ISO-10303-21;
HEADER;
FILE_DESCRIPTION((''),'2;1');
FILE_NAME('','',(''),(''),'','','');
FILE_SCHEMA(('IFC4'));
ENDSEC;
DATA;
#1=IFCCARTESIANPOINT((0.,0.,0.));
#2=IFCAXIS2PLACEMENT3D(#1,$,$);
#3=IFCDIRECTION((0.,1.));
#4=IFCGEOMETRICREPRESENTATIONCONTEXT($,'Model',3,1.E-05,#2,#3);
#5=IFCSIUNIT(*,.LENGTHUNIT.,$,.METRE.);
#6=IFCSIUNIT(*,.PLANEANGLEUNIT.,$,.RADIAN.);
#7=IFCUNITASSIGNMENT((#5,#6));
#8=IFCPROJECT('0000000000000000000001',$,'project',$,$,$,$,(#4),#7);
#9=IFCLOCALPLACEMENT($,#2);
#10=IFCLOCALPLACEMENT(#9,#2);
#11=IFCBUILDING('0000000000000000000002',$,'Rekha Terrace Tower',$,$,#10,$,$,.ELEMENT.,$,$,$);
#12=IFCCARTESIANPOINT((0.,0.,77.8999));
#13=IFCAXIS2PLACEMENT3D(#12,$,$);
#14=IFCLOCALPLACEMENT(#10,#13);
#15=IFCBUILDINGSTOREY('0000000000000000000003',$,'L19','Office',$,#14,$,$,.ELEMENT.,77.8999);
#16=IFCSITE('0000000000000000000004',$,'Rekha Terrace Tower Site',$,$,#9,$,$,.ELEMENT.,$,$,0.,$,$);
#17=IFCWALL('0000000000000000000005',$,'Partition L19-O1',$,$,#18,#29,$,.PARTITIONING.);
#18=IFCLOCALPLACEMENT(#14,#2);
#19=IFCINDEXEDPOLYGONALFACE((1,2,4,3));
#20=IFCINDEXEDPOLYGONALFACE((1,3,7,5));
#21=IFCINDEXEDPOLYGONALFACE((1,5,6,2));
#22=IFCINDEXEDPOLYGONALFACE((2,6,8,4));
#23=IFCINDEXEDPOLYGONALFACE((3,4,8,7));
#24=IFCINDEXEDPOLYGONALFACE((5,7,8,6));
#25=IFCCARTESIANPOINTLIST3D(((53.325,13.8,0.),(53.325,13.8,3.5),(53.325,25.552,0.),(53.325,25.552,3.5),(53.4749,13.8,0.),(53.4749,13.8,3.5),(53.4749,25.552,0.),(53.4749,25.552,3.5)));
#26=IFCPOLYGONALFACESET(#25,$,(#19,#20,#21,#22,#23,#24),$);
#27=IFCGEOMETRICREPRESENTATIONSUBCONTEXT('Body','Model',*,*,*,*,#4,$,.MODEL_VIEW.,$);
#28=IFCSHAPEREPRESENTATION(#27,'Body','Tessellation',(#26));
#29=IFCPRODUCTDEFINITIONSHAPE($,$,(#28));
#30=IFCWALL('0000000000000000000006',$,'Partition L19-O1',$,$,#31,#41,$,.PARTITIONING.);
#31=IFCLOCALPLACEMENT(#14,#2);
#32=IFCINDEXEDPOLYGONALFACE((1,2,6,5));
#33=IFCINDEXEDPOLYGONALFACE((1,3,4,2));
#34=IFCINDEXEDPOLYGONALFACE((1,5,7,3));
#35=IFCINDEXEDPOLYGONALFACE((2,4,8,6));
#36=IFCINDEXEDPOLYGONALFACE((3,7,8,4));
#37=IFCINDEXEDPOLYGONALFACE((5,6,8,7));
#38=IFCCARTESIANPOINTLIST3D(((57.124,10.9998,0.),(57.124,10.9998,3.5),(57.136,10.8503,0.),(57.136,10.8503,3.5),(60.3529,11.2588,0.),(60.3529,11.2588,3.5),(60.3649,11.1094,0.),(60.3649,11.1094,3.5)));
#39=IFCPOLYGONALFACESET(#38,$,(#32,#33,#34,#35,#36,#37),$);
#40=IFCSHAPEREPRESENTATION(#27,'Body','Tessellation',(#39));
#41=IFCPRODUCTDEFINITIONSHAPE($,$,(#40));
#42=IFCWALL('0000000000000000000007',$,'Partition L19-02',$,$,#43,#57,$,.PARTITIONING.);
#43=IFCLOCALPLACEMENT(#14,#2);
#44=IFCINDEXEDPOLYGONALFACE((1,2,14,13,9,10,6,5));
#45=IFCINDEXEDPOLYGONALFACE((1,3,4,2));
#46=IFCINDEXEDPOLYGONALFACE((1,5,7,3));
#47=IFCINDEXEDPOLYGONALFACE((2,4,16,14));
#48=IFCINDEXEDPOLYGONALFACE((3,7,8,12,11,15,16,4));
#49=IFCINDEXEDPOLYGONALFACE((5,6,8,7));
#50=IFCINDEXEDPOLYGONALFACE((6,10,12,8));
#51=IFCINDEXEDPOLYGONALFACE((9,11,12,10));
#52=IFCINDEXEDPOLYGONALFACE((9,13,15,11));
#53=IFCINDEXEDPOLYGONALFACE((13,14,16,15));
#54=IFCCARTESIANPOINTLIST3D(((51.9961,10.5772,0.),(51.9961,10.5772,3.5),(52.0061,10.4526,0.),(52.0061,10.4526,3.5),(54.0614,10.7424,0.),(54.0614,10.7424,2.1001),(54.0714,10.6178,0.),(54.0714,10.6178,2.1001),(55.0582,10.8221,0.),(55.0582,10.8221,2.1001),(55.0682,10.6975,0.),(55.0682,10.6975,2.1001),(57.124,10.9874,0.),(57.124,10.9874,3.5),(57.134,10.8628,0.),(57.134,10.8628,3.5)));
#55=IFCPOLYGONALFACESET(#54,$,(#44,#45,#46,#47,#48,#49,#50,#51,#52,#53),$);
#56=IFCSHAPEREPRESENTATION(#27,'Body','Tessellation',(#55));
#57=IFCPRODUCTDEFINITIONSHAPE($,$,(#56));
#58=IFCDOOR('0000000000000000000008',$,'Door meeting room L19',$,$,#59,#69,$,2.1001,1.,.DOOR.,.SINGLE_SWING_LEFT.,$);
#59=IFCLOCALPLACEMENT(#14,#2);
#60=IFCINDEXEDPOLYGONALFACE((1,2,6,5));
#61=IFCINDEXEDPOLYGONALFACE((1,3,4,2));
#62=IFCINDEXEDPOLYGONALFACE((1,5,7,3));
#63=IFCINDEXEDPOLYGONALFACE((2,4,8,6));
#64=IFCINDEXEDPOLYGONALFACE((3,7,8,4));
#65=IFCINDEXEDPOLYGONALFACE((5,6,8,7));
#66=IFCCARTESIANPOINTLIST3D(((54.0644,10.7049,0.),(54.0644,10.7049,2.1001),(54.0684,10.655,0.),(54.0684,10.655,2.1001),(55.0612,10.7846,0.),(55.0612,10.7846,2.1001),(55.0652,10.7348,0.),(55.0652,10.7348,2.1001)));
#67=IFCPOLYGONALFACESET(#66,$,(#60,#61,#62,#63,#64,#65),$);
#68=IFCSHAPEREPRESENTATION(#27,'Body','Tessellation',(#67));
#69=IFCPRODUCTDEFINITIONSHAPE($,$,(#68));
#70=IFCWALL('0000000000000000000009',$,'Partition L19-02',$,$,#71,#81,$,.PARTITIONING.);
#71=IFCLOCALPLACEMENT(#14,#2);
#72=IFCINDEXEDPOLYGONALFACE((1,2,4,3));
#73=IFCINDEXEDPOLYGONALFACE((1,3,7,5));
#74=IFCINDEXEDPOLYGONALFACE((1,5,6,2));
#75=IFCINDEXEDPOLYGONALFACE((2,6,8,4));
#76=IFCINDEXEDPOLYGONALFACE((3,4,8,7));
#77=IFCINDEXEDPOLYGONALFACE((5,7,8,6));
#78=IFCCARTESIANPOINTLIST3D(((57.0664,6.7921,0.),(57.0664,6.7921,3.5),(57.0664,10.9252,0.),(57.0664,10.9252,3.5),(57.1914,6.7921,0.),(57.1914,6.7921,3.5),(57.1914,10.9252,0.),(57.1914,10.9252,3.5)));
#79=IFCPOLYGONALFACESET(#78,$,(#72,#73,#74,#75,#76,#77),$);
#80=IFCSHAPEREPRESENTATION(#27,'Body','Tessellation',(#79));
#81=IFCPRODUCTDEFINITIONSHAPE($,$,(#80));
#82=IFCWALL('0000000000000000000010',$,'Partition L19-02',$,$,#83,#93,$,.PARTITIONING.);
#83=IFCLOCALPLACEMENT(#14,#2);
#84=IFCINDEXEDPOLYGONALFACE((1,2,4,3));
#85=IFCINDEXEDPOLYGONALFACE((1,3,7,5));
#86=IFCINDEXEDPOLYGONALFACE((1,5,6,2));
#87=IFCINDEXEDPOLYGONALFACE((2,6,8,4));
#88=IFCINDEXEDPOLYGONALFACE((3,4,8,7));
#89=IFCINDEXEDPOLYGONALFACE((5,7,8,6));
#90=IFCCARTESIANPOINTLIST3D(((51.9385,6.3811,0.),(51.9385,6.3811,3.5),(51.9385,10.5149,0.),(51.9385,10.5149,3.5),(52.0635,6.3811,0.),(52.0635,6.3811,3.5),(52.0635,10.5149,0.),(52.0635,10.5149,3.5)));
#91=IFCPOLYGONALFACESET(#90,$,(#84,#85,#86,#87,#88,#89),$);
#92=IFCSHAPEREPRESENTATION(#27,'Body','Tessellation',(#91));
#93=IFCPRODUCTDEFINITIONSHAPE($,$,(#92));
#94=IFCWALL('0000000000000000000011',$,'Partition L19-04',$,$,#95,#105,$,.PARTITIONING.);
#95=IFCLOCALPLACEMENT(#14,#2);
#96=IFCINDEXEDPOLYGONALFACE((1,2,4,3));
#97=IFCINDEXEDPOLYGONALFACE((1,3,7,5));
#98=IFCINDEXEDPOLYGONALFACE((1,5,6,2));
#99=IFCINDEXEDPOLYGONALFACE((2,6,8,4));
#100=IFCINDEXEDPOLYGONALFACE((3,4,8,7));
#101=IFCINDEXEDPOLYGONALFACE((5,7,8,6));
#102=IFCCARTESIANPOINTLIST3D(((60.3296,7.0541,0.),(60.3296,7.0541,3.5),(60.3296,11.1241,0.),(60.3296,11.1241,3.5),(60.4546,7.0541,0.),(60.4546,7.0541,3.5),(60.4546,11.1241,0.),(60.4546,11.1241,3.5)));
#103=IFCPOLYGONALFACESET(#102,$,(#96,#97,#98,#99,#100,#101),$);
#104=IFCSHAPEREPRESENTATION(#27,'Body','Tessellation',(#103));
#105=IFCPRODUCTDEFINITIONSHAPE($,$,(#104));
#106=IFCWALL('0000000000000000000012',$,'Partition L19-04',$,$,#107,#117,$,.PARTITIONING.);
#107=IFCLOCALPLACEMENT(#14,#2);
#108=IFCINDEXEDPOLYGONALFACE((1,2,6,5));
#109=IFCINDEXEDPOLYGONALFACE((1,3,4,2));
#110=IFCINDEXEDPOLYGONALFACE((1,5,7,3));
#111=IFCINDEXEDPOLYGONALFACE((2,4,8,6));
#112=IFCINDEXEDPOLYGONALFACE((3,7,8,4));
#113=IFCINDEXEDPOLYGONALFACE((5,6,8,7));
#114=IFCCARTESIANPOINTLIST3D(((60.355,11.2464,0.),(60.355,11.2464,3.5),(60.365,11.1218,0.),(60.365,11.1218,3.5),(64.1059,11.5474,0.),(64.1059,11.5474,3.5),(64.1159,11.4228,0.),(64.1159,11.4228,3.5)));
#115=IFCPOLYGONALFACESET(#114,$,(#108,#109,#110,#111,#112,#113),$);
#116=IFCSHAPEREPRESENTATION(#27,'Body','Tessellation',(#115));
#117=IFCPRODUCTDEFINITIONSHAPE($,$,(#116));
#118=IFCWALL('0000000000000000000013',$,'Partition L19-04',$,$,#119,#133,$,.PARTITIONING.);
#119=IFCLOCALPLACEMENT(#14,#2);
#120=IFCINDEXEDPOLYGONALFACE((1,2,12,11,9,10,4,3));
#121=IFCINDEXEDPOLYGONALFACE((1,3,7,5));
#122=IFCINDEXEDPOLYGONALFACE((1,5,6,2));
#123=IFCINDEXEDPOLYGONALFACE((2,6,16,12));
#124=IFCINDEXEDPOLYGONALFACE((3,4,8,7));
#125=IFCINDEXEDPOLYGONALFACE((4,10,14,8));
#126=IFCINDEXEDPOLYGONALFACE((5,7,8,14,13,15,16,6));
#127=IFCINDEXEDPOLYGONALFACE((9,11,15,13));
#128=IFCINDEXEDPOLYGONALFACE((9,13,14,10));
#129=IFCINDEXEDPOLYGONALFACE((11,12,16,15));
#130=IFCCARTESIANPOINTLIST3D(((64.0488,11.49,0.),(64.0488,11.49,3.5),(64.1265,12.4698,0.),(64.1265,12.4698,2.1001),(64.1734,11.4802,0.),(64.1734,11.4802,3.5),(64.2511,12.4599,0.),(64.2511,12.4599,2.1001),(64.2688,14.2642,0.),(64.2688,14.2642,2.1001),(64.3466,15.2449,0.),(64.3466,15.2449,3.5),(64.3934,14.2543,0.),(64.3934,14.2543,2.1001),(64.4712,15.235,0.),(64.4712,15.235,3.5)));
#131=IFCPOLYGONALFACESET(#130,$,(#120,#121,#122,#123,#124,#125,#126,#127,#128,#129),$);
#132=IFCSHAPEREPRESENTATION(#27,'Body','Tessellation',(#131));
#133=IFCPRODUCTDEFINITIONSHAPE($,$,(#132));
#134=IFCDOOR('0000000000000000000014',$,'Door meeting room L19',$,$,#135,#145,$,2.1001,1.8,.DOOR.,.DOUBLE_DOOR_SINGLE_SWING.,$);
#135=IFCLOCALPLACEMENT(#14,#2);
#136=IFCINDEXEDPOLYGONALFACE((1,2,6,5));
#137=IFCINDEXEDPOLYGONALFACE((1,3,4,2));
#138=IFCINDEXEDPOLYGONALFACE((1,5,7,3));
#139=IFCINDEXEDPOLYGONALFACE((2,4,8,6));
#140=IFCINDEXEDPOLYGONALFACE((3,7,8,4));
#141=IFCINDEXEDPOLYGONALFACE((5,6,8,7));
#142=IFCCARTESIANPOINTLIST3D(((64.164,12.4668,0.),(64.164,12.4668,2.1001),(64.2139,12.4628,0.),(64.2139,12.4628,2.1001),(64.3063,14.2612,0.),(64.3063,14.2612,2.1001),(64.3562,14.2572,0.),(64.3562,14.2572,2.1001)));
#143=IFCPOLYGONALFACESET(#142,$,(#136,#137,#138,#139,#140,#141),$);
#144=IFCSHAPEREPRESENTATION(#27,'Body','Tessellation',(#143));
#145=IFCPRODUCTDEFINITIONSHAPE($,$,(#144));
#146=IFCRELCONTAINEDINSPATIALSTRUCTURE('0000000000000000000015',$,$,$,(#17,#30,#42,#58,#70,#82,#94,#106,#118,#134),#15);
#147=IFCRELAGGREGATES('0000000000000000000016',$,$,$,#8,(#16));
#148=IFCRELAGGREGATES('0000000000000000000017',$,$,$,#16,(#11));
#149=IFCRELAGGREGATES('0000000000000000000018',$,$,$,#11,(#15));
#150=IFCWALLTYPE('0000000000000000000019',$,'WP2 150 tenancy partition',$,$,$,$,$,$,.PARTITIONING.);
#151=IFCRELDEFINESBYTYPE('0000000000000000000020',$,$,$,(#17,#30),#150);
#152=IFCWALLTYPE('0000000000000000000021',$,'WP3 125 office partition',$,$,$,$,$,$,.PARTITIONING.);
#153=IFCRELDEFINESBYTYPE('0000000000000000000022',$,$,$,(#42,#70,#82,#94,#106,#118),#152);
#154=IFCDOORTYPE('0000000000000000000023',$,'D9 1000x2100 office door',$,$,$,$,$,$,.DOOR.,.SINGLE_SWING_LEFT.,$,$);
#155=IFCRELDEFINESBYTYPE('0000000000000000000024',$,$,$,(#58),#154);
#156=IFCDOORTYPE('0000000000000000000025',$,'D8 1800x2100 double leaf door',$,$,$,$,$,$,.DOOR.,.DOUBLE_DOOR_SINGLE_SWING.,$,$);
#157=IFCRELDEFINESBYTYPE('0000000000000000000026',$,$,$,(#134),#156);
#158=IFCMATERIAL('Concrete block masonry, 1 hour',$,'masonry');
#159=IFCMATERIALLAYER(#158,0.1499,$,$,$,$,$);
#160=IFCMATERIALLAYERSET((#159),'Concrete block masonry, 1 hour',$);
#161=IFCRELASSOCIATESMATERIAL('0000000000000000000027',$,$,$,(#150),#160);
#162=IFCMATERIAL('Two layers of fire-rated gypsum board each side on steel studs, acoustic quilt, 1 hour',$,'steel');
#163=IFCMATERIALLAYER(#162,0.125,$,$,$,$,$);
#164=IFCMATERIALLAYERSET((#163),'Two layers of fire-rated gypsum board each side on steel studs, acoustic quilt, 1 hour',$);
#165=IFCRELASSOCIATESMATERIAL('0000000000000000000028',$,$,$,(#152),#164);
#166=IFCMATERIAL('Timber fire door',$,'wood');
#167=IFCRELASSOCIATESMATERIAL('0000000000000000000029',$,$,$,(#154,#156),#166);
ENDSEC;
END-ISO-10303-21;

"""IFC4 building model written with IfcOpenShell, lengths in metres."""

from ifc_helpers import new_model, si_unit, direction, frame, frame_2d, origin, place, context, subcontext, project, spatial, rectangle, extrude, material, layer, layer_set, type_object, element, fill, save


model = new_model("IFC4")

# Units and contexts
model_context = context("Model", 3, precision=1e-05, world=origin(), true_north=direction((0.0, 1.0)))
body_context = subcontext(model_context, "Body", "Model", "MODEL_VIEW")
ifc_project = project(units=[si_unit("LENGTHUNIT", "METRE"), si_unit("PLANEANGLEUNIT", "RADIAN")], contexts=[model_context])

# Site, building, storey
site_placement = place(None, origin())
site = spatial("IfcSite", under=ifc_project, at=site_placement, Name="Rekha Terrace Tower Site", CompositionType="ELEMENT", RefElevation=0.0)
building_placement = place(site_placement, origin())
building = spatial("IfcBuilding", under=site, at=building_placement, Name="Rekha Terrace Tower", CompositionType="ELEMENT")
storey_placement = place(building_placement, frame((0.0, 0.0, 77.8999)))
storey = spatial("IfcBuildingStorey", under=building, at=storey_placement, Name="L19", Description="Office", CompositionType="ELEMENT", Elevation=77.8999)

# Walls
ifc_material_1 = material(Name="Concrete block masonry, 1 hour", Category="masonry")
ifc_layer_1 = layer(ifc_material_1, 0.1499)
ifc_layer_set_1 = layer_set([ifc_layer_1], Name="Concrete block masonry, 1 hour")
wall_type_1 = type_object("IfcWallType", Name="WP2 150 tenancy partition", PredefinedType="PARTITIONING", material=ifc_layer_set_1)
wall_1_placement = place(storey_placement, frame((53.3999, 13.8, 0.0), z_axis=(0.0, 0.0, 1.0), x_axis=(0.0, 1.0, 0.0)))
element("IfcWall", 1, at=wall_1_placement, inside=storey, type_object=wall_type_1, Name="Partition L19-O1", PredefinedType="PARTITIONING", context=body_context, shape_type="SweptSolid", body=[
    extrude(rectangle(XDim=11.752, YDim=0.1499, at=frame_2d((5.876, 0.0))), origin(), (0.0, 0.0, 1.0), 3.5),
])
wall_2_placement = place(storey_placement, frame((60.3589, 11.1841, 0.0), z_axis=(0.0, 0.0, 1.0), x_axis=(-0.996798, -0.079964, 0.0)))
element("IfcWall", 2, at=wall_2_placement, inside=storey, type_object=wall_type_1, Name="Partition L19-O1", PredefinedType="PARTITIONING", context=body_context, shape_type="SweptSolid", body=[
    extrude(rectangle(XDim=3.2393, YDim=0.1499, at=frame_2d((1.6196, 0.0))), origin(), (0.0, 0.0, 1.0), 3.5),
])

# Wall, opening, door
ifc_material_2 = material(Name="Two layers of fire-rated gypsum board each side on steel studs, acoustic quilt, 1 hour", Category="steel")
ifc_layer_2 = layer(ifc_material_2, 0.125)
ifc_layer_set_2 = layer_set([ifc_layer_2], Name="Two layers of fire-rated gypsum board each side on steel studs, acoustic quilt, 1 hour")
wall_type_2 = type_object("IfcWallType", Name="WP3 125 office partition", PredefinedType="PARTITIONING", material=ifc_layer_set_2)
wall_3_placement = place(storey_placement, frame((52.001, 10.5149, 0.0), z_axis=(0.0, 0.0, 1.0), x_axis=(0.996816, 0.07973, 0.0)))
wall_3 = element("IfcWall", 3, at=wall_3_placement, inside=storey, type_object=wall_type_2, Name="Partition L19-02", PredefinedType="PARTITIONING", context=body_context, shape_type="SweptSolid", body=[
    extrude(rectangle(XDim=5.1443, YDim=0.125, at=frame_2d((2.5723, 0.0))), origin(), (0.0, 0.0, 1.0), 3.5),
])
opening_1_placement = place(wall_3_placement, frame((2.072, 0.0, 0.0)))
opening_1 = element("IfcOpeningElement", 4, at=opening_1_placement, cuts=wall_3, PredefinedType="OPENING", context=body_context, shape_type="SweptSolid", body=[
    extrude(rectangle(XDim=1.0, YDim=2.1001, at=frame_2d((0.5, 1.05))), frame((0.0, 0.0725, 0.0), z_axis=(0.0, -1.0, 0.0), x_axis=(1.0, 0.0, 0.0)), (0.0, 0.0, 1.0), 0.145),
])
ifc_material_3 = material(Name="Timber fire door", Category="wood")
door_type_1 = type_object("IfcDoorType", Name="D9 1000x2100 office door", OperationType="SINGLE_SWING_LEFT", PredefinedType="DOOR", material=ifc_material_3)
door_1_placement = place(opening_1_placement, origin())
door_1 = element("IfcDoor", 5, at=door_1_placement, inside=storey, type_object=door_type_1, Name="Door meeting room L19", OperationType="SINGLE_SWING_LEFT", OverallHeight=2.1001, OverallWidth=1.0, PredefinedType="DOOR", context=body_context, shape_type="SweptSolid", body=[
    extrude(rectangle(XDim=1.0, YDim=2.1001, at=frame_2d((0.5, 1.05))), frame((0.0, 0.0249, 0.0), z_axis=(0.0, -1.0, 0.0), x_axis=(1.0, 0.0, 0.0)), (0.0, 0.0, 1.0), 0.05),
])
fill(opening_1, door_1)

# Walls
wall_4_placement = place(storey_placement, frame((57.1289, 10.925, 0.0), z_axis=(0.0, 0.0, 1.0), x_axis=(0.0, -1.0, 0.0)))
element("IfcWall", 6, at=wall_4_placement, inside=storey, type_object=wall_type_2, Name="Partition L19-02", PredefinedType="PARTITIONING", context=body_context, shape_type="SweptSolid", body=[
    extrude(rectangle(XDim=4.1331, YDim=0.125, at=frame_2d((2.0664, 0.0))), origin(), (0.0, 0.0, 1.0), 3.5),
])
wall_5_placement = place(storey_placement, frame((52.001, 6.3811, 0.0), z_axis=(0.0, 0.0, 1.0), x_axis=(0.0, 1.0, 0.0)))
element("IfcWall", 7, at=wall_5_placement, inside=storey, type_object=wall_type_2, Name="Partition L19-02", PredefinedType="PARTITIONING", context=body_context, shape_type="SweptSolid", body=[
    extrude(rectangle(XDim=4.1338, YDim=0.125, at=frame_2d((2.0669, 0.0))), origin(), (0.0, 0.0, 1.0), 3.5),
])
wall_6_placement = place(storey_placement, frame((60.3921, 7.054, 0.0), z_axis=(0.0, 0.0, 1.0), x_axis=(0.0, 1.0, 0.0)))
element("IfcWall", 8, at=wall_6_placement, inside=storey, type_object=wall_type_2, Name="Partition L19-04", PredefinedType="PARTITIONING", context=body_context, shape_type="SweptSolid", body=[
    extrude(rectangle(XDim=4.0701, YDim=0.125, at=frame_2d((2.0352, 0.0))), origin(), (0.0, 0.0, 1.0), 3.5),
])
wall_7_placement = place(storey_placement, frame((60.3601, 11.1841, 0.0), z_axis=(0.0, 0.0, 1.0), x_axis=(0.996795, 0.079995, 0.0)))
element("IfcWall", 9, at=wall_7_placement, inside=storey, type_object=wall_type_2, Name="Partition L19-04", PredefinedType="PARTITIONING", context=body_context, shape_type="SweptSolid", body=[
    extrude(rectangle(XDim=3.7629, YDim=0.125, at=frame_2d((1.8813, 0.0))), origin(), (0.0, 0.0, 1.0), 3.5),
])

# Wall, opening, door
wall_8_placement = place(storey_placement, frame((64.1111, 11.4851, 0.0), z_axis=(0.0, 0.0, 1.0), x_axis=(0.079075, 0.996869, 0.0)))
wall_8 = element("IfcWall", 10, at=wall_8_placement, inside=storey, type_object=wall_type_2, Name="Partition L19-04", PredefinedType="PARTITIONING", context=body_context, shape_type="SweptSolid", body=[
    extrude(rectangle(XDim=3.7666, YDim=0.125, at=frame_2d((1.8833, 0.0))), origin(), (0.0, 0.0, 1.0), 3.5),
])
opening_2_placement = place(wall_8_placement, frame((0.9829, 0.0, 0.0)))
opening_2 = element("IfcOpeningElement", 11, at=opening_2_placement, cuts=wall_8, PredefinedType="OPENING", context=body_context, shape_type="SweptSolid", body=[
    extrude(rectangle(XDim=1.8, YDim=2.1001, at=frame_2d((0.8999, 1.05))), frame((0.0, 0.0725, 0.0), z_axis=(0.0, -1.0, 0.0), x_axis=(1.0, 0.0, 0.0)), (0.0, 0.0, 1.0), 0.145),
])
door_type_2 = type_object("IfcDoorType", Name="D8 1800x2100 double leaf door", OperationType="DOUBLE_DOOR_SINGLE_SWING", PredefinedType="DOOR", material=ifc_material_3)
door_2_placement = place(opening_2_placement, origin())
door_2 = element("IfcDoor", 12, at=door_2_placement, inside=storey, type_object=door_type_2, Name="Door meeting room L19", OperationType="DOUBLE_DOOR_SINGLE_SWING", OverallHeight=2.1001, OverallWidth=1.8, PredefinedType="DOOR", context=body_context, shape_type="SweptSolid", body=[
    extrude(rectangle(XDim=1.8, YDim=2.1001, at=frame_2d((0.8999, 1.05))), frame((0.0, 0.0249, 0.0), z_axis=(0.0, -1.0, 0.0), x_axis=(1.0, 0.0, 0.0)), (0.0, 0.0, 1.0), 0.05),
])
fill(opening_2, door_2)

save(model, "model.ifc")
